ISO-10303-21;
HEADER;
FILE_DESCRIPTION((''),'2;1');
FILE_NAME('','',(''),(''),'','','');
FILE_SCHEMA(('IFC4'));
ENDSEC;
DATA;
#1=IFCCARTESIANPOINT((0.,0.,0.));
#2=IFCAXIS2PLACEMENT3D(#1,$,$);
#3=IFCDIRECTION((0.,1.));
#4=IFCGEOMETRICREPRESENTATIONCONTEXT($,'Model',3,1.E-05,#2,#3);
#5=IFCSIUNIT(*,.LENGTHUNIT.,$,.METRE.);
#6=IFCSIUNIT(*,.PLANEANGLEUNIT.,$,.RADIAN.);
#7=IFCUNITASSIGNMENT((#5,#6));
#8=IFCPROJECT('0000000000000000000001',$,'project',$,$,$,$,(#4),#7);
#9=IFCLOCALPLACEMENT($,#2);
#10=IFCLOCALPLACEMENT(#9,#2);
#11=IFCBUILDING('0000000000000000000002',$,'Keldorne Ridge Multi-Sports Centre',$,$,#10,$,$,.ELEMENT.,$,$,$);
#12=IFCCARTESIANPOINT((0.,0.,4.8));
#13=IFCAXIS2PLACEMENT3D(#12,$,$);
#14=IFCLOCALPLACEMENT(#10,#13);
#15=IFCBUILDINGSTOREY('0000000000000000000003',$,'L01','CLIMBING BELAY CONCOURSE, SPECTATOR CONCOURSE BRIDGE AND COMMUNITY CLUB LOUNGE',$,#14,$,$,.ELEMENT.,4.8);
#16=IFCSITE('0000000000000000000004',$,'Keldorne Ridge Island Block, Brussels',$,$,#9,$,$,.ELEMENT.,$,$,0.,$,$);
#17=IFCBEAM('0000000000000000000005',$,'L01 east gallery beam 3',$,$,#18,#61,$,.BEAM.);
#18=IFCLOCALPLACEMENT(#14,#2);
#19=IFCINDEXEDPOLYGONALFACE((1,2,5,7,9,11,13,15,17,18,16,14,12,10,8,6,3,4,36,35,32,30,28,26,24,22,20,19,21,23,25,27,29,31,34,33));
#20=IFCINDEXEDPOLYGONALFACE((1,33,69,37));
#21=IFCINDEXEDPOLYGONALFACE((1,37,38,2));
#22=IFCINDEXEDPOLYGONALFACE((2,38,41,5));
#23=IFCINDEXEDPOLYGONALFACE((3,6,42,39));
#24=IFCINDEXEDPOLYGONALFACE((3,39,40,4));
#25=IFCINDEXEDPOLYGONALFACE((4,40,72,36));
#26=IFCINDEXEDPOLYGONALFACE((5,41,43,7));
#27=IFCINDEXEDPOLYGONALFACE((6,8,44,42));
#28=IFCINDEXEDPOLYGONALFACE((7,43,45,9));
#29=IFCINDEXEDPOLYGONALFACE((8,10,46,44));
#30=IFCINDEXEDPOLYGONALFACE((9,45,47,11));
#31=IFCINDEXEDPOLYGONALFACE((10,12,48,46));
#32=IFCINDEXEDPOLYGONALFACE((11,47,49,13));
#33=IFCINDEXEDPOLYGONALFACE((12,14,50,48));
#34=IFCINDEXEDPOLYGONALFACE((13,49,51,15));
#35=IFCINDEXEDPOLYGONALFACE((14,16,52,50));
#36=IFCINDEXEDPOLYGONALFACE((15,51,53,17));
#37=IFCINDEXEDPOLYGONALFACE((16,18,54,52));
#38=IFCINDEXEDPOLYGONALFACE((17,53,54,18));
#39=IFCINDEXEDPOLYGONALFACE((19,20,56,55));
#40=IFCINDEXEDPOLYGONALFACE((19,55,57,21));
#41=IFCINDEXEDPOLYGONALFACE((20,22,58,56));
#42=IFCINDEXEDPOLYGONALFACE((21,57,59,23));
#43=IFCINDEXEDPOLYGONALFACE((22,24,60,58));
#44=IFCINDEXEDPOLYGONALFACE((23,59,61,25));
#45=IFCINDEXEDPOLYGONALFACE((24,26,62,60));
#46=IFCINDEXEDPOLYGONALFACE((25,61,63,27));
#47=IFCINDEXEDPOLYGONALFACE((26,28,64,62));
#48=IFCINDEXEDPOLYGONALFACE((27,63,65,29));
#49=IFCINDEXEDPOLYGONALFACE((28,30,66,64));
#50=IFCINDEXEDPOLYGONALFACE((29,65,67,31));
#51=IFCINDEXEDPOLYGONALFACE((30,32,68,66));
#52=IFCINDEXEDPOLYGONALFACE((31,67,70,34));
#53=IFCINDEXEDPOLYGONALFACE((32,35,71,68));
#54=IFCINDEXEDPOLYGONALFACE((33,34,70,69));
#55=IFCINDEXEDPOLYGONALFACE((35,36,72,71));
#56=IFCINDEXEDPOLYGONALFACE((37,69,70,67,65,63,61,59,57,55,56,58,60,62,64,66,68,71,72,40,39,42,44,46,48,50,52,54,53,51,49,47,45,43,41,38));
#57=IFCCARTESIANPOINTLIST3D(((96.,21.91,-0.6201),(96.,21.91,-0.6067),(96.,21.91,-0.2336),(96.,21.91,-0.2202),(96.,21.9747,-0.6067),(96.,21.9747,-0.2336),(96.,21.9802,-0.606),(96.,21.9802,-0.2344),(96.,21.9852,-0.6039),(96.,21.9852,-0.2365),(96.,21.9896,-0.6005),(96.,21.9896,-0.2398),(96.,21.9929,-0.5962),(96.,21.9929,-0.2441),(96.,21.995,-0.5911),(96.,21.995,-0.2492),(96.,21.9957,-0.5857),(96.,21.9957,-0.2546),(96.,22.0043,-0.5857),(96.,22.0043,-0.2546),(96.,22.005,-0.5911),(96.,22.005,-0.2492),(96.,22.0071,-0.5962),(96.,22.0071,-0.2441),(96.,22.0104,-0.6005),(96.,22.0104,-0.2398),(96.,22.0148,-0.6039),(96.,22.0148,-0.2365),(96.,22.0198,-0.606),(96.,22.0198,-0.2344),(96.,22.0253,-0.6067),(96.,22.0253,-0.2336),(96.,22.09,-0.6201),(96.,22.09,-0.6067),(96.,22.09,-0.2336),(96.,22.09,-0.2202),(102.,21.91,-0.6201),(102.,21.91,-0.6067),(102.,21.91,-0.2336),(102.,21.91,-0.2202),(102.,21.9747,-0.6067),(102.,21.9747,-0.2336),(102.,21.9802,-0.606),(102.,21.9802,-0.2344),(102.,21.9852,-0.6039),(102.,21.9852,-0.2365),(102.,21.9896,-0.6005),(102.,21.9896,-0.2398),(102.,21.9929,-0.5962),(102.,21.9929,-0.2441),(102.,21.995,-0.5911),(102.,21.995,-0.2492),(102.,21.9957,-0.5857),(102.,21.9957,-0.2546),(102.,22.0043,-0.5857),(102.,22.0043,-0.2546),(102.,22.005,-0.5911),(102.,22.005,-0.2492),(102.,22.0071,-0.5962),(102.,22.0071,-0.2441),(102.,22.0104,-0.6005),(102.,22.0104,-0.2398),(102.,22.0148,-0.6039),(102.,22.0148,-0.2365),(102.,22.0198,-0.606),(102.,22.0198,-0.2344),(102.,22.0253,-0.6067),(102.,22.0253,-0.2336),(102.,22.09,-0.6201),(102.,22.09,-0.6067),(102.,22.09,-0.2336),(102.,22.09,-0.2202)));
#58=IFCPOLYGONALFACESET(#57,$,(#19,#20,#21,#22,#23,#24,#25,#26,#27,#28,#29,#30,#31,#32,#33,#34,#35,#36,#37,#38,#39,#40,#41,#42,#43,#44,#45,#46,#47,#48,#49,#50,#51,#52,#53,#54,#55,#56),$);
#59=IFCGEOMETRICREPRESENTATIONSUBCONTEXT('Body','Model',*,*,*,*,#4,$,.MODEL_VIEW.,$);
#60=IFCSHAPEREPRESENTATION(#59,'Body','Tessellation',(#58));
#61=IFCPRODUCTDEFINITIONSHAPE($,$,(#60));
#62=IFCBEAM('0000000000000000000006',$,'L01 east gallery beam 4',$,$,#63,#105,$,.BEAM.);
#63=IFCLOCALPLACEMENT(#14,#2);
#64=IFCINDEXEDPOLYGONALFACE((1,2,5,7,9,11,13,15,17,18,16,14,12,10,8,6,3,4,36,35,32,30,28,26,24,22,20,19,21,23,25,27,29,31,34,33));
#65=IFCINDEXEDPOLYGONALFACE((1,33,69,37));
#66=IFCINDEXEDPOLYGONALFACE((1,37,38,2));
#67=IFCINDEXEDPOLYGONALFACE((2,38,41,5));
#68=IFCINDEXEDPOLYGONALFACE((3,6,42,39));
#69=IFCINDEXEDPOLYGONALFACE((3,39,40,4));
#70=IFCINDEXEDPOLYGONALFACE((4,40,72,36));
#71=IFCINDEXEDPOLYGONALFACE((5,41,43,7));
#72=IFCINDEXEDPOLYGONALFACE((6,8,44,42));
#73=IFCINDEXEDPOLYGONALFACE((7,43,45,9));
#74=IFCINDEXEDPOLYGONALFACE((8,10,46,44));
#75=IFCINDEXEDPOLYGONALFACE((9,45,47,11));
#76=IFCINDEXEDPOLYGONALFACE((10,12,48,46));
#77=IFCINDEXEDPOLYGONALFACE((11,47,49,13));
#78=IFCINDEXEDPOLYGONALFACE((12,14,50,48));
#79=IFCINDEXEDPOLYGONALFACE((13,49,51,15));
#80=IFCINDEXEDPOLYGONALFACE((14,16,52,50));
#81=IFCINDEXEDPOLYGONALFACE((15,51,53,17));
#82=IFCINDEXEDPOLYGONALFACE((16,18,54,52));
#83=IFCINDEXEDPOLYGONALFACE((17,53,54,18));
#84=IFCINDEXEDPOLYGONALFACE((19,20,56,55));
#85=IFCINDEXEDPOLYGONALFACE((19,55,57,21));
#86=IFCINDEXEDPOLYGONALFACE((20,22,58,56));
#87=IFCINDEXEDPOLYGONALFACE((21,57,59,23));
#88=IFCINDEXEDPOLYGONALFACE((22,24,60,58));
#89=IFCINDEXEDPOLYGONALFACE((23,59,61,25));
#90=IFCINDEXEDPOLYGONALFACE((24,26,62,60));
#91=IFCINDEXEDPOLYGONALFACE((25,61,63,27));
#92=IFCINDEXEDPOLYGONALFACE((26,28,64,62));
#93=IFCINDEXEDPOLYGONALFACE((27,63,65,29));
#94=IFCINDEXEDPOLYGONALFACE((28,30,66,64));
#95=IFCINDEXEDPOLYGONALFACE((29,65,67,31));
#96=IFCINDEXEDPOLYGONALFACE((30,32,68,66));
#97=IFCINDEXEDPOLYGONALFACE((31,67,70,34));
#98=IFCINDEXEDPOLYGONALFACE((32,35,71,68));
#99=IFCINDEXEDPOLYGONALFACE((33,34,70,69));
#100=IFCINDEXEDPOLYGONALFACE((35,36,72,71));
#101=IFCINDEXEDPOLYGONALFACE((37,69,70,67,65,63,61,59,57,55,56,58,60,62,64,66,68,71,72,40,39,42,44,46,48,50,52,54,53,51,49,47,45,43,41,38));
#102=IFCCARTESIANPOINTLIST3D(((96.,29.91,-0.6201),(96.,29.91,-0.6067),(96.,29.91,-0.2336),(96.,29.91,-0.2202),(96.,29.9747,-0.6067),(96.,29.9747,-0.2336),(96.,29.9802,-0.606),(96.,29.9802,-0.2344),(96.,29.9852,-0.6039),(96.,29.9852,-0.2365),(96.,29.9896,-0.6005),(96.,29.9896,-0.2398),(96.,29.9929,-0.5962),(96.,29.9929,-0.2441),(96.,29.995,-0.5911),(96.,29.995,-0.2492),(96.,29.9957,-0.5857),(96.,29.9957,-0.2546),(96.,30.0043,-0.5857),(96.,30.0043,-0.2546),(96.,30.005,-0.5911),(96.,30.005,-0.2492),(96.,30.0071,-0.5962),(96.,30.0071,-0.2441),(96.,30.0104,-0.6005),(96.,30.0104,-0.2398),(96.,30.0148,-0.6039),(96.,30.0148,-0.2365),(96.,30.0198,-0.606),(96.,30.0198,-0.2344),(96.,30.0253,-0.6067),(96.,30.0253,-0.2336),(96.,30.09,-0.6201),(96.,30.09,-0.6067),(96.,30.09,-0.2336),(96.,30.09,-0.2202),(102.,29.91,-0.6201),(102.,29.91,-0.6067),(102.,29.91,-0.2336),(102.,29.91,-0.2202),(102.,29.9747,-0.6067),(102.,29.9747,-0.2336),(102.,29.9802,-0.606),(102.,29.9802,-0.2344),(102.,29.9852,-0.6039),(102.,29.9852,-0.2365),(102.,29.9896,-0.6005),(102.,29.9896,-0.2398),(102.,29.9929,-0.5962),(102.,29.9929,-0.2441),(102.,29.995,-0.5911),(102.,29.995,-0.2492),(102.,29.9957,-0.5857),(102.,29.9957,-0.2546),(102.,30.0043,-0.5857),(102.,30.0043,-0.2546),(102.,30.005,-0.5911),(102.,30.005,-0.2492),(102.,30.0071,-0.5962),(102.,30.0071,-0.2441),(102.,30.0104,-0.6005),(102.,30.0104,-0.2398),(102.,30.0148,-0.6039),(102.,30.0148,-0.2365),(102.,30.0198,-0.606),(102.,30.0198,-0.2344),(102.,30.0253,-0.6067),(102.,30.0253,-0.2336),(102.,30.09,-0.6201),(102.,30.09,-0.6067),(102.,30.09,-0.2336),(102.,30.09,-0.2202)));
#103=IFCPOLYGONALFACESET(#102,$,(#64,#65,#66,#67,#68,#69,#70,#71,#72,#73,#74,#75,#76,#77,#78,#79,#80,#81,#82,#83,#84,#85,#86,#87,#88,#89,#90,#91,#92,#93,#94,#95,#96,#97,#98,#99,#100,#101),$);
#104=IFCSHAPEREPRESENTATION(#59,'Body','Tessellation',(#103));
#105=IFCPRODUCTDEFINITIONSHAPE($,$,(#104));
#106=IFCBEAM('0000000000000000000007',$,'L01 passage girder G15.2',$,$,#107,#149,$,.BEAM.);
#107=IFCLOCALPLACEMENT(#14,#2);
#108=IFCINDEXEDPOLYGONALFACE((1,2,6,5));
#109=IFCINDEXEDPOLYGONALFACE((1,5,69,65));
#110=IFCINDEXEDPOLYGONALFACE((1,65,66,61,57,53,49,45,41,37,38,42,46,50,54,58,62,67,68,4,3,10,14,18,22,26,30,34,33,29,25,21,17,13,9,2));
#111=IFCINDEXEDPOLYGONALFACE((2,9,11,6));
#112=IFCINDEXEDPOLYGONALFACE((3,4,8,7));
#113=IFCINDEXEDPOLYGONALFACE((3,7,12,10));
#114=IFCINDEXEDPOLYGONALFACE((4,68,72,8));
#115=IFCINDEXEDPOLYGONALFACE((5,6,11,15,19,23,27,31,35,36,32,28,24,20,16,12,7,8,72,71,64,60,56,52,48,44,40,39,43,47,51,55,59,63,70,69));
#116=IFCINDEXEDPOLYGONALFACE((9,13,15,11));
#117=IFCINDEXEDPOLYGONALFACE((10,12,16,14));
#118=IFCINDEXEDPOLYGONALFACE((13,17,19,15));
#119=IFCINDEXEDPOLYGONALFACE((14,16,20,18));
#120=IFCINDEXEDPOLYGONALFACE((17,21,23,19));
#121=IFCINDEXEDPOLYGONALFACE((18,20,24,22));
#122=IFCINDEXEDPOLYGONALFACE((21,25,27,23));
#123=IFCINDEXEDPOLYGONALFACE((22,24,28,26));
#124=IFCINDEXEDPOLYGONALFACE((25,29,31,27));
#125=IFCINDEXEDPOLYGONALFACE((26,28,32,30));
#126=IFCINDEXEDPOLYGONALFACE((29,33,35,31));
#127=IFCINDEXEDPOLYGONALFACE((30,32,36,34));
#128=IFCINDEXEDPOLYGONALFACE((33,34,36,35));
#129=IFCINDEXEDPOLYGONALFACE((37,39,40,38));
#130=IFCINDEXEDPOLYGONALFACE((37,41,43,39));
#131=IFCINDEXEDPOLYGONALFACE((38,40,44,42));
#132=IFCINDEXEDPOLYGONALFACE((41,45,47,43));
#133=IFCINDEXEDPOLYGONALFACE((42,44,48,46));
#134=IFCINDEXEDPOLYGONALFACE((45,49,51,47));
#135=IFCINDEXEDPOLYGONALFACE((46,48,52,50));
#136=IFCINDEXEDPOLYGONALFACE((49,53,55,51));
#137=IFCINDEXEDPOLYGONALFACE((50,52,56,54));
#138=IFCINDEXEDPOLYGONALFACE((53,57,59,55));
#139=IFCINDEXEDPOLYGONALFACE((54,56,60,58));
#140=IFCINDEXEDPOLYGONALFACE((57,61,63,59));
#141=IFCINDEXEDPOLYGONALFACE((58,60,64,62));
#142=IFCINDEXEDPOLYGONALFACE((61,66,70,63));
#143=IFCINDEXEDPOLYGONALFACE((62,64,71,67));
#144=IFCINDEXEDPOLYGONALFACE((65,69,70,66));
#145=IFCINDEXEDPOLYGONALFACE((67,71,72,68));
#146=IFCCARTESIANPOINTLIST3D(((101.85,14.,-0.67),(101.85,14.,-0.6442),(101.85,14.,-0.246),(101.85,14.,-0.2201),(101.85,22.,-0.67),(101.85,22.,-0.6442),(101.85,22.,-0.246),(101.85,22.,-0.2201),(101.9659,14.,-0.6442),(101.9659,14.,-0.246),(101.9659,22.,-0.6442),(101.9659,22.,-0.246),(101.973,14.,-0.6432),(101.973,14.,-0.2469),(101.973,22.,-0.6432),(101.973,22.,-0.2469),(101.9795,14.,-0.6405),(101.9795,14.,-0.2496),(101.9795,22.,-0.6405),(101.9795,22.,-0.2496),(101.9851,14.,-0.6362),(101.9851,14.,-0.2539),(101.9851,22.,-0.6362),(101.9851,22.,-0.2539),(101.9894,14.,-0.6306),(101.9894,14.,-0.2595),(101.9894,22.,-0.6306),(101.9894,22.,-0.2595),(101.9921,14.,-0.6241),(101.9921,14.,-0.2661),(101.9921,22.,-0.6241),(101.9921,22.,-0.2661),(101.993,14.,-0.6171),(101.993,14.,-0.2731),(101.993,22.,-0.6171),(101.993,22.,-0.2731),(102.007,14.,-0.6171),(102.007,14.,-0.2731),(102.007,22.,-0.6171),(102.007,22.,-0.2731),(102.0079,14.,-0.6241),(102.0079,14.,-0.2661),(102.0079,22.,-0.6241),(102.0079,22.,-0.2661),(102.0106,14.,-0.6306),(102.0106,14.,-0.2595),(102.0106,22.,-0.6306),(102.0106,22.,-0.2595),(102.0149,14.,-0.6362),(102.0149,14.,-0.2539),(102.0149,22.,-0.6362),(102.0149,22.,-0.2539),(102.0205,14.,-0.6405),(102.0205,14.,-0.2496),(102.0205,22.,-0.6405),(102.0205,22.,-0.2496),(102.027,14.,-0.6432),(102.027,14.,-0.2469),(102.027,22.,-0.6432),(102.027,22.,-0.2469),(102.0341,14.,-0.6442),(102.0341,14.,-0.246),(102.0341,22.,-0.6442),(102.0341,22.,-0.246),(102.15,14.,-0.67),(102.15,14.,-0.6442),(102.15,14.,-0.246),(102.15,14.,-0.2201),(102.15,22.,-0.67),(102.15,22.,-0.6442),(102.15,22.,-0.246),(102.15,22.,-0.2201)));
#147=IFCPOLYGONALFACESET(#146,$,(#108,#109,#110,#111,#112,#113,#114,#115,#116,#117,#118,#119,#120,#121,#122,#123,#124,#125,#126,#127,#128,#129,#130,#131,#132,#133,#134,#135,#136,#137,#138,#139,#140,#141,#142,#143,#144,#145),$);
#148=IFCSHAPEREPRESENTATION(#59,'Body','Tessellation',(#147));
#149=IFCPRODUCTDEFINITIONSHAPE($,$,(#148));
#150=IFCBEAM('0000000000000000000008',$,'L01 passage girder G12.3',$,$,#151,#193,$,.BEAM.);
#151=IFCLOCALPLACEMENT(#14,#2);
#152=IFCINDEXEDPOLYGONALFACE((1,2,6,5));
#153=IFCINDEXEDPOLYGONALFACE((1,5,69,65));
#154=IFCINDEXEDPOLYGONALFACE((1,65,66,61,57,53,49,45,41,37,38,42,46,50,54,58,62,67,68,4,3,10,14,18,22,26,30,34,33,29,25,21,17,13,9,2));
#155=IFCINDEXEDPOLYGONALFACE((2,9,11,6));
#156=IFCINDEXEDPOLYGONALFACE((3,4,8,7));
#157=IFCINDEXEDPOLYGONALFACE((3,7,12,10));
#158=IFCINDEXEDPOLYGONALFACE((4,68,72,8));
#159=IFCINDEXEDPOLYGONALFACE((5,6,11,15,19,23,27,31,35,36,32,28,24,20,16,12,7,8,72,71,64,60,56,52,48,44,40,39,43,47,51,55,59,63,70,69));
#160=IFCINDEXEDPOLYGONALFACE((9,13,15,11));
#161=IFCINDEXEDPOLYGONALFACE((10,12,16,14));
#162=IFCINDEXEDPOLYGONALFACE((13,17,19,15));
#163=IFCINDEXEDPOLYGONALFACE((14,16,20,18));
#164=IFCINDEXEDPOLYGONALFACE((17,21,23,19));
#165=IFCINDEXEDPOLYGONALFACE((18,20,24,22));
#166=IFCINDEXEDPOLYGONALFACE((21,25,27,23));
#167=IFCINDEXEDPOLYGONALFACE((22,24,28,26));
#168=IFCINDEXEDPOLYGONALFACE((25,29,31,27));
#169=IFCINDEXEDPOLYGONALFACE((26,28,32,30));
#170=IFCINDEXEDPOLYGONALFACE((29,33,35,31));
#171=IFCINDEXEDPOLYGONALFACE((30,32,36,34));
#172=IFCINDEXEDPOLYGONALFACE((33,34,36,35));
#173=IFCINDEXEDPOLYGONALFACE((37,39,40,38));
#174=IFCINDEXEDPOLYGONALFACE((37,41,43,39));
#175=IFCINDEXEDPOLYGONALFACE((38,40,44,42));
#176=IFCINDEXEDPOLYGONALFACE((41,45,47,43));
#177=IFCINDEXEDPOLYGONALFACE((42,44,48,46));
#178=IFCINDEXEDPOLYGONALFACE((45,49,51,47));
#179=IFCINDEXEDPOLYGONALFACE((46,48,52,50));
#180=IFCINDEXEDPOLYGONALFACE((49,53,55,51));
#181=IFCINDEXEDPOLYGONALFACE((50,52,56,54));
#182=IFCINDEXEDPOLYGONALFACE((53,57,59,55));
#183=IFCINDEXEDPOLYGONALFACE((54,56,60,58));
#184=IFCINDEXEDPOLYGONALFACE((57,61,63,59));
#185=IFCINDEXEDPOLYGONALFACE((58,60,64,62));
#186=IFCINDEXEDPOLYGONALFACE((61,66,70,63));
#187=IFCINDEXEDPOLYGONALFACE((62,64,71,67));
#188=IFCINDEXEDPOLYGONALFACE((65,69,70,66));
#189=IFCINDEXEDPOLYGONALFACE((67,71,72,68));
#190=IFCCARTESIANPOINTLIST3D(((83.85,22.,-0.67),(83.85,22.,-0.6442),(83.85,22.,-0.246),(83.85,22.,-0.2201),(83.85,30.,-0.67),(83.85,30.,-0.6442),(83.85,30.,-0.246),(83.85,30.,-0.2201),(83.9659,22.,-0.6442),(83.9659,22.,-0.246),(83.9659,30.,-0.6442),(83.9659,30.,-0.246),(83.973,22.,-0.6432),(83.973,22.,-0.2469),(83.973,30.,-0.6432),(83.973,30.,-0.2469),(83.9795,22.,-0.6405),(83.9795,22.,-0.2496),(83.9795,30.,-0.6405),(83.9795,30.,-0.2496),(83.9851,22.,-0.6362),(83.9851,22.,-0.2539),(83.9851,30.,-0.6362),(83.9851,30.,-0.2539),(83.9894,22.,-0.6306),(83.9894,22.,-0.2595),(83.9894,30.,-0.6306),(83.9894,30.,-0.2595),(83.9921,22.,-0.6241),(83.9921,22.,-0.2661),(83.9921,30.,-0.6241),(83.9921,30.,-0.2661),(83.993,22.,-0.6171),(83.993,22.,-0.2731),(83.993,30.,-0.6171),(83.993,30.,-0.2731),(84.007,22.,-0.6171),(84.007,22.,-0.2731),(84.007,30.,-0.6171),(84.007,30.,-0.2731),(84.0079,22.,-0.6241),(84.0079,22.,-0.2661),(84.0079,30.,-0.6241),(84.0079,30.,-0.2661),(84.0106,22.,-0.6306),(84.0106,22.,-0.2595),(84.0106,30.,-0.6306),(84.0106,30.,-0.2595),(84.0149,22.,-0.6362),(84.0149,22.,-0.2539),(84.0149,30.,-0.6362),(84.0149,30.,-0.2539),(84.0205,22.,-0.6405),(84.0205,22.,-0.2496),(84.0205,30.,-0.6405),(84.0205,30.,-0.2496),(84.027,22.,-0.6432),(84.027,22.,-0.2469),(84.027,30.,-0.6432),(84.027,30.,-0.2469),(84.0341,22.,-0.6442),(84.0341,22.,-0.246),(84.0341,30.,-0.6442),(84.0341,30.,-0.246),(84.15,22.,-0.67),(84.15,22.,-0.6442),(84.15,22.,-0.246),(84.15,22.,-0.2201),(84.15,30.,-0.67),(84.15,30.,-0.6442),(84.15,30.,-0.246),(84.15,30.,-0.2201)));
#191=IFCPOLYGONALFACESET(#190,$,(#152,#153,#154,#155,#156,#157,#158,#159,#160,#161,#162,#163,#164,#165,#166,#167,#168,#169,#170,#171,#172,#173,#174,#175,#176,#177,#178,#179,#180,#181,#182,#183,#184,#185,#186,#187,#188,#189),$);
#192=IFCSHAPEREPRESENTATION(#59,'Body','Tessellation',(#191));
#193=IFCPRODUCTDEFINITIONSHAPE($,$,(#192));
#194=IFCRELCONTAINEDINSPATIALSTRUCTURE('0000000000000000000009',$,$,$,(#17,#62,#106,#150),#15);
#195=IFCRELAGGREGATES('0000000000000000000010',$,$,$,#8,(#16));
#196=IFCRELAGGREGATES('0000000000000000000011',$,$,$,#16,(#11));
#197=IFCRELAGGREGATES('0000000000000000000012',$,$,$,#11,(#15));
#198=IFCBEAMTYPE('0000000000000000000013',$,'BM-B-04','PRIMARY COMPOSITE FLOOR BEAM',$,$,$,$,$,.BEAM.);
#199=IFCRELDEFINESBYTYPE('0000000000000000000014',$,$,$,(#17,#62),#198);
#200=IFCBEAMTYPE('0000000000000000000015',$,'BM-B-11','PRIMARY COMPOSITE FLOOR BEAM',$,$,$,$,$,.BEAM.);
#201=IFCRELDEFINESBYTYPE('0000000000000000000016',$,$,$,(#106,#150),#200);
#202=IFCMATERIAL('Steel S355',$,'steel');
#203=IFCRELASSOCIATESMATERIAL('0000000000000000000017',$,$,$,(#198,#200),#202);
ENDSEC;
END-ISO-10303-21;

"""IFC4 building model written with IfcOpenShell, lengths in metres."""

from ifc_helpers import new_model, si_unit, direction, frame, origin, origin_2d, place, context, subcontext, project, spatial, i_section, extrude, material, material_profile, profile_set, type_object, element, save


model = new_model("IFC4")

# Units and contexts
model_context = context("Model", 3, precision=1e-05, world=origin(), true_north=direction((0.0, 1.0)))
body_context = subcontext(model_context, "Body", "Model", "MODEL_VIEW")
ifc_project = project(units=[si_unit("LENGTHUNIT", "METRE"), si_unit("PLANEANGLEUNIT", "RADIAN")], contexts=[model_context])

# Site, building, storey
site_placement = place(None, origin())
site = spatial("IfcSite", under=ifc_project, at=site_placement, Name="Keldorne Ridge Island Block, Brussels", CompositionType="ELEMENT", RefElevation=0.0)
building_placement = place(site_placement, origin())
building = spatial("IfcBuilding", under=site, at=building_placement, Name="Keldorne Ridge Multi-Sports Centre", CompositionType="ELEMENT")
storey_placement = place(building_placement, frame((0.0, 0.0, 4.8)))
storey = spatial("IfcBuildingStorey", under=building, at=storey_placement, Name="L01", Description="CLIMBING BELAY CONCOURSE, SPECTATOR CONCOURSE BRIDGE AND COMMUNITY CLUB LOUNGE", CompositionType="ELEMENT", Elevation=4.8)

# Shared definitions
ifc_material_1 = material(Name="Steel S355", Category="steel")

# Beams
ifc_material_profile_1 = material_profile(ifc_material_1, i_section(OverallWidth=0.1799, OverallDepth=0.3999, WebThickness=0.0085, FlangeThickness=0.0134, FilletRadius=0.021, at=origin_2d()), Name="IPE 400")
ifc_profile_set_1 = profile_set([ifc_material_profile_1], Name="Steel S355")
beam_type_1 = type_object("IfcBeamType", Name="BM-B-04", Description="PRIMARY COMPOSITE FLOOR BEAM", PredefinedType="BEAM", material=ifc_profile_set_1)
for number, where, z_axis, x_axis, name in (
    (1, (96.0, 22.0, -0.4202), (1.0, 0.0, 0.0), (0.0, 1.0, 0.0), "L01 east gallery beam 3"),
    (2, (96.0, 30.0, -0.4202), (1.0, 0.0, 0.0), (0.0, 1.0, 0.0), "L01 east gallery beam 4"),
):
    element("IfcBeam", number, at=place(storey_placement, frame(where, z_axis=z_axis, x_axis=x_axis)), inside=storey, type_object=beam_type_1, Name=name, PredefinedType="BEAM", context=body_context, shape_type="SweptSolid", body=[
        extrude(i_section(OverallWidth=0.1799, OverallDepth=0.3999, WebThickness=0.0085, FlangeThickness=0.0134, FilletRadius=0.021, at=origin_2d()), origin(), (0.0, 0.0, 1.0), 6.0),
    ])
ifc_material_profile_2 = material_profile(ifc_material_1, i_section(OverallWidth=0.3, OverallDepth=0.45, WebThickness=0.0139, FlangeThickness=0.0259, FilletRadius=0.0271, at=origin_2d()), Name="HEB 450")
ifc_profile_set_2 = profile_set([ifc_material_profile_2], Name="Steel S355")
beam_type_2 = type_object("IfcBeamType", Name="BM-B-11", Description="PRIMARY COMPOSITE FLOOR BEAM", PredefinedType="BEAM", material=ifc_profile_set_2)
for number, where, z_axis, x_axis, name in (
    (3, (102.0, 14.0, -0.4451), (0.0, 1.0, 0.0), (-1.0, 0.0, 0.0), "L01 passage girder G15.2"),
    (4, (84.0, 22.0, -0.4451), (0.0, 1.0, 0.0), (-1.0, 0.0, 0.0), "L01 passage girder G12.3"),
):
    element("IfcBeam", number, at=place(storey_placement, frame(where, z_axis=z_axis, x_axis=x_axis)), inside=storey, type_object=beam_type_2, Name=name, PredefinedType="BEAM", context=body_context, shape_type="SweptSolid", body=[
        extrude(i_section(OverallWidth=0.3, OverallDepth=0.45, WebThickness=0.0139, FlangeThickness=0.0259, FilletRadius=0.0271, at=origin_2d()), origin(), (0.0, 0.0, 1.0), 8.0),
    ])

save(model, "model.ifc")
